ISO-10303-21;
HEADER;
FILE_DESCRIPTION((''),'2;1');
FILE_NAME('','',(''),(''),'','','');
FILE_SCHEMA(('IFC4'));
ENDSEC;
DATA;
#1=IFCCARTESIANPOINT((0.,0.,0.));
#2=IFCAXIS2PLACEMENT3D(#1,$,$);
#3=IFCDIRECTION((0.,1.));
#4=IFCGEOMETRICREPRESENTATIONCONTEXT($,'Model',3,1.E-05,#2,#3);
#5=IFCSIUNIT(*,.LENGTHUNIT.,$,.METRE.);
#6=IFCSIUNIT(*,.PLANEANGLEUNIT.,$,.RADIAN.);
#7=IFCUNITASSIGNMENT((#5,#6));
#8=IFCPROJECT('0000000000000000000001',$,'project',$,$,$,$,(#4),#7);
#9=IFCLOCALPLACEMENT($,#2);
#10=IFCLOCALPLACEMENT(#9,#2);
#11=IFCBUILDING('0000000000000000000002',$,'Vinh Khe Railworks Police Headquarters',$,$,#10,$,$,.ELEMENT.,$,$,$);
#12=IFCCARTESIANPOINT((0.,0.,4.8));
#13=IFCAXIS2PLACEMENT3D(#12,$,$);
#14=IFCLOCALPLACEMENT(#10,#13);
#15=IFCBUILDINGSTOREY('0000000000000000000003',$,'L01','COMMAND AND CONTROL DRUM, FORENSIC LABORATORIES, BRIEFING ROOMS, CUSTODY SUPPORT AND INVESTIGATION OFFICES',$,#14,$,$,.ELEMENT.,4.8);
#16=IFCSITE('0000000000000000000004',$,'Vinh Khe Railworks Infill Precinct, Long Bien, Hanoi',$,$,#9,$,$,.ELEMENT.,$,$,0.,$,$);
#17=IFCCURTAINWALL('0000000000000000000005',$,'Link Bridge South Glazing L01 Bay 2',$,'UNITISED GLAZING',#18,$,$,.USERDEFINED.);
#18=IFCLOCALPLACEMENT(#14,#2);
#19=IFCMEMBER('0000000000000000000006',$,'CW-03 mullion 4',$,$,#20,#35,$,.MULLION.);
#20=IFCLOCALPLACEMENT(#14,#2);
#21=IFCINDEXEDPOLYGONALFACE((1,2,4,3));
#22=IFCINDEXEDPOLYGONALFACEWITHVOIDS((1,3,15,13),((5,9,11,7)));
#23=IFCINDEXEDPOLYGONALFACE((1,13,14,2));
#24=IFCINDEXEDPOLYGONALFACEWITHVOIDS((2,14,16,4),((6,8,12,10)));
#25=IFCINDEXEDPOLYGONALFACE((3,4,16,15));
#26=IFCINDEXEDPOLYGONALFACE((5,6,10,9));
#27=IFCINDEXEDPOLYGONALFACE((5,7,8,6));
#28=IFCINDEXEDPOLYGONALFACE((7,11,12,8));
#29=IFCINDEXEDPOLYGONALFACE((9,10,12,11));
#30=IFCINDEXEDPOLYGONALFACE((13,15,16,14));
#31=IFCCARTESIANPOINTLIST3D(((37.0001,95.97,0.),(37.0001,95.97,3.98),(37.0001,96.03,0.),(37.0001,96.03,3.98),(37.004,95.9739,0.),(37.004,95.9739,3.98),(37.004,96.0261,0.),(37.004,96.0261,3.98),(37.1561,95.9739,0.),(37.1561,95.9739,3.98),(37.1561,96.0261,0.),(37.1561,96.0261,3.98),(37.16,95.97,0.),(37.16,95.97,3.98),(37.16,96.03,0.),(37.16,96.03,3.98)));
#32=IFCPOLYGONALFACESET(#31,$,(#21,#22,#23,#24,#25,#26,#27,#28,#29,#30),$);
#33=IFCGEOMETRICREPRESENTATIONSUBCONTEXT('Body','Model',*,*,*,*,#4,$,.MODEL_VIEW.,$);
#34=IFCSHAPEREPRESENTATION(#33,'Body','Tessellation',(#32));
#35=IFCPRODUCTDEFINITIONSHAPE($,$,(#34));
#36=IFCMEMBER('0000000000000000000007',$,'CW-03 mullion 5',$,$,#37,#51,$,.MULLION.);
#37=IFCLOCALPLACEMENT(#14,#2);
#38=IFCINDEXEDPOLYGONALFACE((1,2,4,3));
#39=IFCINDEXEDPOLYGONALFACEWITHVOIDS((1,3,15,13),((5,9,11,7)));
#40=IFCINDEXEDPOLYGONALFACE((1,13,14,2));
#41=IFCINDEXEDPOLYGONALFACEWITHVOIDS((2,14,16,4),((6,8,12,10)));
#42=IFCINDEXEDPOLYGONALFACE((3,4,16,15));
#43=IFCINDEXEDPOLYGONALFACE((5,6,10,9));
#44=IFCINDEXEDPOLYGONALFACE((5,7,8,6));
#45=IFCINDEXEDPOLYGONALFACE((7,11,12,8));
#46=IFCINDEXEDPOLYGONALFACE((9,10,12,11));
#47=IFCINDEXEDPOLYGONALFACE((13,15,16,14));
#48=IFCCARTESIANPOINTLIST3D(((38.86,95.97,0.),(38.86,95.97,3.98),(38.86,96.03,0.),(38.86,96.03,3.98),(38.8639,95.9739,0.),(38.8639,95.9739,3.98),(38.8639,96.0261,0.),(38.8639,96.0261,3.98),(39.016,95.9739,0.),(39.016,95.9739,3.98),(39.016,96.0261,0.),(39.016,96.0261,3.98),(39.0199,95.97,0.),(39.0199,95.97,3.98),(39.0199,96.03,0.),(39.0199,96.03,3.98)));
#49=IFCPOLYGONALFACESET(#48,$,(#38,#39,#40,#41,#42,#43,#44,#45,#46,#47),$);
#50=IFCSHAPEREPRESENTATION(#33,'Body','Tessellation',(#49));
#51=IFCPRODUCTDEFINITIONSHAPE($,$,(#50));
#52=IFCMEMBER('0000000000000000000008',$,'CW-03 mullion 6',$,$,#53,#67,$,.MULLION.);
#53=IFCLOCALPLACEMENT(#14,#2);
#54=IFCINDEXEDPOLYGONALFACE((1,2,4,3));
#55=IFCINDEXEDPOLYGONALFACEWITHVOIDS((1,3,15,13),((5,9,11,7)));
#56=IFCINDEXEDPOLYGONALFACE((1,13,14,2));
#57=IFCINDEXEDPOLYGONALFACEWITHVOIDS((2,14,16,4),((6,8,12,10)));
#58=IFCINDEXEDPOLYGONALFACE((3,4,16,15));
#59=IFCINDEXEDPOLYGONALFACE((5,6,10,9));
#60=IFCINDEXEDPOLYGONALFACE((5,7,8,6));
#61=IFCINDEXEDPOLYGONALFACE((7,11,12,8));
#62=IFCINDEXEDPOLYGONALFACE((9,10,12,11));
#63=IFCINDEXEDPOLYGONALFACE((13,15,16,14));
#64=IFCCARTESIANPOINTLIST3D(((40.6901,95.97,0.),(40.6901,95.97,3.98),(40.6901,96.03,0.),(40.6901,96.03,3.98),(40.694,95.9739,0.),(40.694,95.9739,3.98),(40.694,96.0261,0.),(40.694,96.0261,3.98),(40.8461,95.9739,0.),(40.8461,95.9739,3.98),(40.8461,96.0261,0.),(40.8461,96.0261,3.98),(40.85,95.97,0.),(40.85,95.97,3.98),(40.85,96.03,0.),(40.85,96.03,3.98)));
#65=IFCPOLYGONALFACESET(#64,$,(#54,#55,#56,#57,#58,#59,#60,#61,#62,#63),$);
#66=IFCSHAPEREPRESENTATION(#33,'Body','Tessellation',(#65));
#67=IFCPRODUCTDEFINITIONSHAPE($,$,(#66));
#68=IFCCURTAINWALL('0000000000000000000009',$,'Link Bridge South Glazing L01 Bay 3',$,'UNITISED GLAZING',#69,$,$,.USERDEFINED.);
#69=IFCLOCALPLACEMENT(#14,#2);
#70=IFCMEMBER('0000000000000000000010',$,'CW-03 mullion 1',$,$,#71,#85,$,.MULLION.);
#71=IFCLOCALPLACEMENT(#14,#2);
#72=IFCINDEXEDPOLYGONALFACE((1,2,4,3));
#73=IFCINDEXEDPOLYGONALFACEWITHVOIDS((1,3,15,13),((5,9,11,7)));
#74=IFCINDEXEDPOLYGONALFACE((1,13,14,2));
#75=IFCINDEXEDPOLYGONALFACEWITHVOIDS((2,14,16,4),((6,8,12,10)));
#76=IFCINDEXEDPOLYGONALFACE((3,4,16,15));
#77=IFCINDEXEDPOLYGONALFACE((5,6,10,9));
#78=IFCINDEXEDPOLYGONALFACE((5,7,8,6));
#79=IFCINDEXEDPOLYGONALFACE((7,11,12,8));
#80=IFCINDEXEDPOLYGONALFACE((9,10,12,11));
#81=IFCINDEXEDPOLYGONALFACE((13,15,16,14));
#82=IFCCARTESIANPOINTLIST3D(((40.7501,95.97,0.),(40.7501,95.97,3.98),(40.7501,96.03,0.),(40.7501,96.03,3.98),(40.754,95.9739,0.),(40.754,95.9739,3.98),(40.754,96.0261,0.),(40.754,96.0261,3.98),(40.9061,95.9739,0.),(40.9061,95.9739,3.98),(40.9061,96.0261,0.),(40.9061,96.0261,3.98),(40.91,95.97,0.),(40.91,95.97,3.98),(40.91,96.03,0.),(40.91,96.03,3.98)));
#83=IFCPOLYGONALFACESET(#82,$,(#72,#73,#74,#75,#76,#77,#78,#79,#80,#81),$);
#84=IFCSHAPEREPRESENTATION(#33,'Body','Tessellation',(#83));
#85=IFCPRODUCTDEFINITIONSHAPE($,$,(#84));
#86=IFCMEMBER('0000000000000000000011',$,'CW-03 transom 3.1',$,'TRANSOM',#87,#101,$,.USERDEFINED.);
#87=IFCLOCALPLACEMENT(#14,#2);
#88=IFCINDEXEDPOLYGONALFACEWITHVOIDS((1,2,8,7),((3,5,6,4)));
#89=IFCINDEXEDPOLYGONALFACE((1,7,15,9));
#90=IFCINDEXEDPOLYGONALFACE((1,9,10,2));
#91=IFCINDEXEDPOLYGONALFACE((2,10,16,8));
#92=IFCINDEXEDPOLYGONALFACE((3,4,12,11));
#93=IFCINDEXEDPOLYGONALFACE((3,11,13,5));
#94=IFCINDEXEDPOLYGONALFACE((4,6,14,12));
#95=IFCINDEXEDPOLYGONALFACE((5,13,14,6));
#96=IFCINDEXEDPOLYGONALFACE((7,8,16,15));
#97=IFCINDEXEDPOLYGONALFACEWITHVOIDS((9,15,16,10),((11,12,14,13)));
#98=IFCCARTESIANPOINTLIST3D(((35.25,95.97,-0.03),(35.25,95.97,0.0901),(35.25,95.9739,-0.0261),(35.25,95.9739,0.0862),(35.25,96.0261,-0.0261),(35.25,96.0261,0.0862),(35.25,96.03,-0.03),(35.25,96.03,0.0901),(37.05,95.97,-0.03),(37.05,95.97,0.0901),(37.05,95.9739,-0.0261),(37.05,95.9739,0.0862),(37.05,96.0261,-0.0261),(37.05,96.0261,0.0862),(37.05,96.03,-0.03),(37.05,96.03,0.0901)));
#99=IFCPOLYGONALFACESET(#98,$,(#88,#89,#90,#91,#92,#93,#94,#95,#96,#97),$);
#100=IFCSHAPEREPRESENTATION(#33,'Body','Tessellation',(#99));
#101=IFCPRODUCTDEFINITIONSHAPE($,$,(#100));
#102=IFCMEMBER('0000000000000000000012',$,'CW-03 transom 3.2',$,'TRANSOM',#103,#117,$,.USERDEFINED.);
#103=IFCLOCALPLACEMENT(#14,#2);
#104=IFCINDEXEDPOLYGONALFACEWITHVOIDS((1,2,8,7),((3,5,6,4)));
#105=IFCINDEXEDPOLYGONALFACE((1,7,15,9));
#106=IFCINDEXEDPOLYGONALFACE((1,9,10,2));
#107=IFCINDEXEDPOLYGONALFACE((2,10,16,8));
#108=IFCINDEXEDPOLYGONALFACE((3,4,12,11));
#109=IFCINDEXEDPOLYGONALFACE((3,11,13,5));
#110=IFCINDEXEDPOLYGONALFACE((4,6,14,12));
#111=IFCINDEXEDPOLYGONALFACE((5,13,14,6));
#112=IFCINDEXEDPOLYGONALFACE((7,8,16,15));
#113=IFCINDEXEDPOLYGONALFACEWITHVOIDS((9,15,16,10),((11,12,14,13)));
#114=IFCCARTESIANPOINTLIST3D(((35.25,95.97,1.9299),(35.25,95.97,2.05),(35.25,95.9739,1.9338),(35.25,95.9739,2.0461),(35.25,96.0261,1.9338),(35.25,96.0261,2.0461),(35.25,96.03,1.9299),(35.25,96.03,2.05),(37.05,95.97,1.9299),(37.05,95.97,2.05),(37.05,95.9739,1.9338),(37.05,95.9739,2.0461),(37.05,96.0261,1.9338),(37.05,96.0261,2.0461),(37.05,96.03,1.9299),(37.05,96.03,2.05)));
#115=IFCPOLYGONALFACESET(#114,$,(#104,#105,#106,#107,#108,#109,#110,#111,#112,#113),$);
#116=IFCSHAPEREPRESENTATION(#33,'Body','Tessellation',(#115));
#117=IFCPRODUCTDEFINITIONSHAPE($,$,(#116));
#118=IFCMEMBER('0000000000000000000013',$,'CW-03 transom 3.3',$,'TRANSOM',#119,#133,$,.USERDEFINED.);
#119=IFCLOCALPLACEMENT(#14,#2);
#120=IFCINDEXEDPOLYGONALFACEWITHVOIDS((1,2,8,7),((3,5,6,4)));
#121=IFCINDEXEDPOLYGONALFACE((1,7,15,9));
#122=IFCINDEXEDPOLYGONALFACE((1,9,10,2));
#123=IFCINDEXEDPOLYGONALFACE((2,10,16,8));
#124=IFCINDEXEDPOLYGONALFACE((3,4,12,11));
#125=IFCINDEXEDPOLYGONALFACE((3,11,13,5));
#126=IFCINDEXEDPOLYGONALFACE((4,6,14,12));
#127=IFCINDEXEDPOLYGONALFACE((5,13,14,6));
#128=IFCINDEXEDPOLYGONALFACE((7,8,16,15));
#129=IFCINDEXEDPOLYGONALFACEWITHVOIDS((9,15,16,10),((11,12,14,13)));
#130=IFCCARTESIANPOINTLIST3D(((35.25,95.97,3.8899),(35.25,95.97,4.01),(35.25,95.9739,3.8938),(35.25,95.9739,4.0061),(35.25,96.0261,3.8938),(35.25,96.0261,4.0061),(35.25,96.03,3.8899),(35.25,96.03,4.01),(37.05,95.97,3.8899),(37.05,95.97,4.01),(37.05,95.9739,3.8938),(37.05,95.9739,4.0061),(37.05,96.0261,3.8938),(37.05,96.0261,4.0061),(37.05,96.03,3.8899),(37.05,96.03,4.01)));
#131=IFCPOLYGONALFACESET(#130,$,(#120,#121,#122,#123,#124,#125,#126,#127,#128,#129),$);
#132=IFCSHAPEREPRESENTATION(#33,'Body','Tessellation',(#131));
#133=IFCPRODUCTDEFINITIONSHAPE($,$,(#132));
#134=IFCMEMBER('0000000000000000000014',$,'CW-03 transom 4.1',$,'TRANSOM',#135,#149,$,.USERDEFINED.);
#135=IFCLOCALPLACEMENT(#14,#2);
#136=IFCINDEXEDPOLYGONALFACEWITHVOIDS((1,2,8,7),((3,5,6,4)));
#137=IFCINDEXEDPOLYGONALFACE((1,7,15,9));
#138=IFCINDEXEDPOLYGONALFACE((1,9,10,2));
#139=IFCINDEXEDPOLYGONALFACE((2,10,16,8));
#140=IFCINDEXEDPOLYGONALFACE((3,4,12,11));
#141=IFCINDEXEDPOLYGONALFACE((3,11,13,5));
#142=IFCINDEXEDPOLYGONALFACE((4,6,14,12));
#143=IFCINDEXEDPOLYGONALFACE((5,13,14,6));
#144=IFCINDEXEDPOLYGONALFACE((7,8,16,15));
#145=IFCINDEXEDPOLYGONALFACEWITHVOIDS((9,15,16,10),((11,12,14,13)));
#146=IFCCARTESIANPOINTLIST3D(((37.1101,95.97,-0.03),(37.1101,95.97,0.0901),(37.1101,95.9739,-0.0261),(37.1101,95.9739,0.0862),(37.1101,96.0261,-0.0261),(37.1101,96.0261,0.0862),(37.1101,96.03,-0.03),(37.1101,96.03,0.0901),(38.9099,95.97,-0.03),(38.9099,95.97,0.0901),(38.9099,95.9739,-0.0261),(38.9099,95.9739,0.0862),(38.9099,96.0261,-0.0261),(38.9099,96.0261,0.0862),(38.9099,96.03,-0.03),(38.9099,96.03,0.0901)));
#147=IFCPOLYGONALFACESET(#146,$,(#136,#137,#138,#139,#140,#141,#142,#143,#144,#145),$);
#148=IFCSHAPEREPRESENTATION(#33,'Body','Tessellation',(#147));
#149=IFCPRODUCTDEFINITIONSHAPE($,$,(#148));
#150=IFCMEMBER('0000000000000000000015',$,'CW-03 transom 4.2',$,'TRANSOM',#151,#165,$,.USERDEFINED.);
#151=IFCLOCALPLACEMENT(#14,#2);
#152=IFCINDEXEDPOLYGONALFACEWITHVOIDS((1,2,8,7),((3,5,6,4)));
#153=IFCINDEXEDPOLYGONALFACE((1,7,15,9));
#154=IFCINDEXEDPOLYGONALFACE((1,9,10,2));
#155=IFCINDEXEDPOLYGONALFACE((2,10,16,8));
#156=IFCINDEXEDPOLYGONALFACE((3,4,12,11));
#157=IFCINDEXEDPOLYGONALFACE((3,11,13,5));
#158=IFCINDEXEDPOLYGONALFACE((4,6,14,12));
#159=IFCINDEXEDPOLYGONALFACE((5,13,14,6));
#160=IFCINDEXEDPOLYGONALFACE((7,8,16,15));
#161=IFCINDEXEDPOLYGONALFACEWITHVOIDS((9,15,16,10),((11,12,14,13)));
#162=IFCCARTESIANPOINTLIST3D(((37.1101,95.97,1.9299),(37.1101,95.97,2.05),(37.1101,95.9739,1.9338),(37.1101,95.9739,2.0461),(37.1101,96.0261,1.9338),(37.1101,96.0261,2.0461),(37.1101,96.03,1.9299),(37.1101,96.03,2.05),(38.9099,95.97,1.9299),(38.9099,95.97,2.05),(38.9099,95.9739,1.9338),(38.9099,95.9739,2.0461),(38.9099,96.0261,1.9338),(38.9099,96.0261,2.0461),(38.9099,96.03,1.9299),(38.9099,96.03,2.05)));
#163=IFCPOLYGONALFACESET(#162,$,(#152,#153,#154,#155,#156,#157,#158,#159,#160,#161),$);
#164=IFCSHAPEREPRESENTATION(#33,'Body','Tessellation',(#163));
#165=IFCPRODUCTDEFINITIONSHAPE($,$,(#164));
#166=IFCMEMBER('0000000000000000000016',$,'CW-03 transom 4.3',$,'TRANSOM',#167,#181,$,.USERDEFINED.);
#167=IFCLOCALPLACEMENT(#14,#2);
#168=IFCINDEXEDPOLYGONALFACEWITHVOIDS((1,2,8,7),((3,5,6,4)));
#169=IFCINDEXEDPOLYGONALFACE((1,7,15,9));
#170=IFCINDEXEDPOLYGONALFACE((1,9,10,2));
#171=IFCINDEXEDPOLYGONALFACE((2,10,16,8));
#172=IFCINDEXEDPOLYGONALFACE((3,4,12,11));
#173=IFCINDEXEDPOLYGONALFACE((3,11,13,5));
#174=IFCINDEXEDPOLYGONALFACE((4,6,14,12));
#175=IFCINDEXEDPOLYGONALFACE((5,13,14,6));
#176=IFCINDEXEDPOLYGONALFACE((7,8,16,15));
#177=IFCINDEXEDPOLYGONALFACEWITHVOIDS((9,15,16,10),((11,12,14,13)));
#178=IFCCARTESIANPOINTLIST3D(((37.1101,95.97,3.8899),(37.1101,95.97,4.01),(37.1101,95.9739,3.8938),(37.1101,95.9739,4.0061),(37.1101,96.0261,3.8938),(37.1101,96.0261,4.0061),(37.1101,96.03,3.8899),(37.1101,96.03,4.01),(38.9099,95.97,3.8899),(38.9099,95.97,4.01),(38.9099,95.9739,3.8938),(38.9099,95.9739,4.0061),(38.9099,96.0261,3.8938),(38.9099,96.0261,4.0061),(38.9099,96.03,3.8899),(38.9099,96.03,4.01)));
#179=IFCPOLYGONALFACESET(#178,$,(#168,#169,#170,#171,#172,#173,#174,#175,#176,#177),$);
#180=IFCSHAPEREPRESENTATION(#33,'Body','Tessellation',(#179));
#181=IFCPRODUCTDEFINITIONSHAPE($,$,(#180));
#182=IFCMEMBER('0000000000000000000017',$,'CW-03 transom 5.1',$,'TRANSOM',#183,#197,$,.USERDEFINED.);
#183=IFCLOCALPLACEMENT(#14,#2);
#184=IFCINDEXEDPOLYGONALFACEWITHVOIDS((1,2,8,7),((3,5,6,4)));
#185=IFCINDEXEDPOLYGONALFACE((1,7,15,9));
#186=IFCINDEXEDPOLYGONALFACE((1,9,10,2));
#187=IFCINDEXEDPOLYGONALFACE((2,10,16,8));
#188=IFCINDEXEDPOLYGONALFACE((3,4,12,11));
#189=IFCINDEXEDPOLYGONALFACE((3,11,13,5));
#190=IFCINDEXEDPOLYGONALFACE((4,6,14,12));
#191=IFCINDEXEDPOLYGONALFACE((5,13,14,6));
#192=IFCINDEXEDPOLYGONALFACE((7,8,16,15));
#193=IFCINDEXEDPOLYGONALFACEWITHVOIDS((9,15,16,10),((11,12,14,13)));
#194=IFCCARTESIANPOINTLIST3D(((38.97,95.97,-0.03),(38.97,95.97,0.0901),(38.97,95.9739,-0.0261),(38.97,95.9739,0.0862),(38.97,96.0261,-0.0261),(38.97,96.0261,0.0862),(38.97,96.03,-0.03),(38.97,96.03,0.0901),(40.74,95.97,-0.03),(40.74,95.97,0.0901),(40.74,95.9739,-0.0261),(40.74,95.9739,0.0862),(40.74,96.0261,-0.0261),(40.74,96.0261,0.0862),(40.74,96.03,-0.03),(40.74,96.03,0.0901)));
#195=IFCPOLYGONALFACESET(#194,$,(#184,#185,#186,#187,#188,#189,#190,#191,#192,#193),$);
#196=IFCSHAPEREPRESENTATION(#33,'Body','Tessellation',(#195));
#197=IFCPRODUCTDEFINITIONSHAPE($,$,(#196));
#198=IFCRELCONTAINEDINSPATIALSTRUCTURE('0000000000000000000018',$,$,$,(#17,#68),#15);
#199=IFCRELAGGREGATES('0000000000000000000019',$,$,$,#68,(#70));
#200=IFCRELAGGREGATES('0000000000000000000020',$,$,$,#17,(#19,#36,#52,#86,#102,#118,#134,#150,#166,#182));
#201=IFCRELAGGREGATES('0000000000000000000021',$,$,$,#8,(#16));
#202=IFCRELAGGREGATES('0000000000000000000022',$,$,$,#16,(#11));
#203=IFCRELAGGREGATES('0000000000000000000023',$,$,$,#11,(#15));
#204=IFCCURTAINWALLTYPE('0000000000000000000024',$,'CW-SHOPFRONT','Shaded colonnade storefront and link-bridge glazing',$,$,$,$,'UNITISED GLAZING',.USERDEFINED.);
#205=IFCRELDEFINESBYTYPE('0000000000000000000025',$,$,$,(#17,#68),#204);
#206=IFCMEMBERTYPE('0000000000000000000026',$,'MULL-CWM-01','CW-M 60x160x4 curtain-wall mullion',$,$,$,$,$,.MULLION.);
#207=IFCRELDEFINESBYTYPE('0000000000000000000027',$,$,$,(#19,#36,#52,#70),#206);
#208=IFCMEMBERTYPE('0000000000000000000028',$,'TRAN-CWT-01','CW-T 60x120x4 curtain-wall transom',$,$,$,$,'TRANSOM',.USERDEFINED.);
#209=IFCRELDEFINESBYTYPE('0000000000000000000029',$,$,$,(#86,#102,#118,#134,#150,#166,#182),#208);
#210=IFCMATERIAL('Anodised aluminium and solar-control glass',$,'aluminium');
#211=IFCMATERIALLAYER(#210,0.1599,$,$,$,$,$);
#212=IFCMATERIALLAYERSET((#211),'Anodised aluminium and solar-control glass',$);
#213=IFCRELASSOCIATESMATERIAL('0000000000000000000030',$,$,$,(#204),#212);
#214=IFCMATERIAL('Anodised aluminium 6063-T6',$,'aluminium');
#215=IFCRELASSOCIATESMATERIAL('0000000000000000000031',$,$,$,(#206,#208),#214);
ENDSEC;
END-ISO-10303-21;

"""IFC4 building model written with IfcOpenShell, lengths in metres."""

from ifc_helpers import new_model, si_unit, direction, frame, origin, origin_2d, place, context, subcontext, project, spatial, hollow_rectangle, extrude, material, layer, layer_set, material_profile, profile_set, type_object, element, aggregate, save


model = new_model("IFC4")

# Units and contexts
model_context = context("Model", 3, precision=1e-05, world=origin(), true_north=direction((0.0, 1.0)))
body_context = subcontext(model_context, "Body", "Model", "MODEL_VIEW")
ifc_project = project(units=[si_unit("LENGTHUNIT", "METRE"), si_unit("PLANEANGLEUNIT", "RADIAN")], contexts=[model_context])

# Site, building, storey
site_placement = place(None, origin())
site = spatial("IfcSite", under=ifc_project, at=site_placement, Name="Vinh Khe Railworks Infill Precinct, Long Bien, Hanoi", CompositionType="ELEMENT", RefElevation=0.0)
building_placement = place(site_placement, origin())
building = spatial("IfcBuilding", under=site, at=building_placement, Name="Vinh Khe Railworks Police Headquarters", CompositionType="ELEMENT")
storey_placement = place(building_placement, frame((0.0, 0.0, 4.8)))
storey = spatial("IfcBuildingStorey", under=building, at=storey_placement, Name="L01", Description="COMMAND AND CONTROL DRUM, FORENSIC LABORATORIES, BRIEFING ROOMS, CUSTODY SUPPORT AND INVESTIGATION OFFICES", CompositionType="ELEMENT", Elevation=4.8)

# Curtain wall, members
ifc_material_1 = material(Name="Anodised aluminium and solar-control glass", Category="aluminium")
ifc_layer_1 = layer(ifc_material_1, 0.1599)
ifc_layer_set_1 = layer_set([ifc_layer_1], Name="Anodised aluminium and solar-control glass")
curtain_wall_type = type_object("IfcCurtainWallType", Name="CW-SHOPFRONT", Description="Shaded colonnade storefront and link-bridge glazing", ElementType="UNITISED GLAZING", PredefinedType="USERDEFINED", material=ifc_layer_set_1)
curtain_wall_1_placement = place(storey_placement, origin())
curtain_wall_1 = element("IfcCurtainWall", 1, at=curtain_wall_1_placement, inside=storey, type_object=curtain_wall_type, Name="Link Bridge South Glazing L01 Bay 2", ObjectType="UNITISED GLAZING", PredefinedType="USERDEFINED")
ifc_material_2 = material(Name="Anodised aluminium 6063-T6", Category="aluminium")
ifc_material_profile_1 = material_profile(ifc_material_2, hollow_rectangle(XDim=0.0601, YDim=0.1599, WallThickness=0.0039, at=origin_2d()), Name="CW-M 60x160x4")
ifc_profile_set_1 = profile_set([ifc_material_profile_1], Name="Anodised aluminium 6063-T6")
member_type_1 = type_object("IfcMemberType", Name="MULL-CWM-01", Description="CW-M 60x160x4 curtain-wall mullion", PredefinedType="MULLION", material=ifc_profile_set_1)
member_1_placement = place(storey_placement, frame((37.0801, 96.0, 0.0), z_axis=(0.0, 0.0, 1.0), x_axis=(0.0, 1.0, 0.0)))
member_1 = element("IfcMember", 2, at=member_1_placement, type_object=member_type_1, Name="CW-03 mullion 4", PredefinedType="MULLION", context=body_context, shape_type="SweptSolid", body=[
    extrude(hollow_rectangle(XDim=0.0601, YDim=0.1599, WallThickness=0.0039, at=origin_2d()), origin(), (0.0, 0.0, 1.0), 3.98),
])
member_2_placement = place(storey_placement, frame((38.9399, 96.0, 0.0), z_axis=(0.0, 0.0, 1.0), x_axis=(0.0, 1.0, 0.0)))
member_2 = element("IfcMember", 3, at=member_2_placement, type_object=member_type_1, Name="CW-03 mullion 5", PredefinedType="MULLION", context=body_context, shape_type="SweptSolid", body=[
    extrude(hollow_rectangle(XDim=0.0601, YDim=0.1599, WallThickness=0.0039, at=origin_2d()), origin(), (0.0, 0.0, 1.0), 3.98),
])
member_3_placement = place(storey_placement, frame((40.77, 96.0, 0.0), z_axis=(0.0, 0.0, 1.0), x_axis=(0.0, 1.0, 0.0)))
member_3 = element("IfcMember", 4, at=member_3_placement, type_object=member_type_1, Name="CW-03 mullion 6", PredefinedType="MULLION", context=body_context, shape_type="SweptSolid", body=[
    extrude(hollow_rectangle(XDim=0.0601, YDim=0.1599, WallThickness=0.0039, at=origin_2d()), origin(), (0.0, 0.0, 1.0), 3.98),
])

# Curtain wall, member
curtain_wall_2_placement = place(storey_placement, origin())
curtain_wall_2 = element("IfcCurtainWall", 5, at=curtain_wall_2_placement, inside=storey, type_object=curtain_wall_type, Name="Link Bridge South Glazing L01 Bay 3", ObjectType="UNITISED GLAZING", PredefinedType="USERDEFINED")
member_4_placement = place(storey_placement, frame((40.8301, 96.0, 0.0), z_axis=(0.0, 0.0, 1.0), x_axis=(0.0, 1.0, 0.0)))
member_4 = element("IfcMember", 6, at=member_4_placement, type_object=member_type_1, Name="CW-03 mullion 1", PredefinedType="MULLION", context=body_context, shape_type="SweptSolid", body=[
    extrude(hollow_rectangle(XDim=0.0601, YDim=0.1599, WallThickness=0.0039, at=origin_2d()), origin(), (0.0, 0.0, 1.0), 3.98),
])

# Members
ifc_material_profile_2 = material_profile(ifc_material_2, hollow_rectangle(XDim=0.0601, YDim=0.1201, WallThickness=0.0039, at=origin_2d()), Name="CW-T 60x120x4")
ifc_profile_set_2 = profile_set([ifc_material_profile_2], Name="Anodised aluminium 6063-T6")
member_type_2 = type_object("IfcMemberType", Name="TRAN-CWT-01", Description="CW-T 60x120x4 curtain-wall transom", ElementType="TRANSOM", PredefinedType="USERDEFINED", material=ifc_profile_set_2)
member_5_placement = place(storey_placement, frame((35.25, 96.0, 0.03), z_axis=(1.0, 0.0, 0.0), x_axis=(0.0, 1.0, 0.0)))
member_5 = element("IfcMember", 7, at=member_5_placement, type_object=member_type_2, Name="CW-03 transom 3.1", ObjectType="TRANSOM", PredefinedType="USERDEFINED", context=body_context, shape_type="SweptSolid", body=[
    extrude(hollow_rectangle(XDim=0.0601, YDim=0.1201, WallThickness=0.0039, at=origin_2d()), origin(), (0.0, 0.0, 1.0), 1.8),
])
member_6_placement = place(storey_placement, frame((35.25, 96.0, 1.99), z_axis=(1.0, 0.0, 0.0), x_axis=(0.0, 1.0, 0.0)))
member_6 = element("IfcMember", 8, at=member_6_placement, type_object=member_type_2, Name="CW-03 transom 3.2", ObjectType="TRANSOM", PredefinedType="USERDEFINED", context=body_context, shape_type="SweptSolid", body=[
    extrude(hollow_rectangle(XDim=0.0601, YDim=0.1201, WallThickness=0.0039, at=origin_2d()), origin(), (0.0, 0.0, 1.0), 1.8),
])
member_7_placement = place(storey_placement, frame((35.25, 96.0, 3.95), z_axis=(1.0, 0.0, 0.0), x_axis=(0.0, 1.0, 0.0)))
member_7 = element("IfcMember", 9, at=member_7_placement, type_object=member_type_2, Name="CW-03 transom 3.3", ObjectType="TRANSOM", PredefinedType="USERDEFINED", context=body_context, shape_type="SweptSolid", body=[
    extrude(hollow_rectangle(XDim=0.0601, YDim=0.1201, WallThickness=0.0039, at=origin_2d()), origin(), (0.0, 0.0, 1.0), 1.8),
])
member_8_placement = place(storey_placement, frame((37.1101, 96.0, 0.03), z_axis=(1.0, 0.0, 0.0), x_axis=(0.0, 1.0, 0.0)))
member_8 = element("IfcMember", 10, at=member_8_placement, type_object=member_type_2, Name="CW-03 transom 4.1", ObjectType="TRANSOM", PredefinedType="USERDEFINED", context=body_context, shape_type="SweptSolid", body=[
    extrude(hollow_rectangle(XDim=0.0601, YDim=0.1201, WallThickness=0.0039, at=origin_2d()), origin(), (0.0, 0.0, 1.0), 1.7998),
])
member_9_placement = place(storey_placement, frame((37.1101, 96.0, 1.99), z_axis=(1.0, 0.0, 0.0), x_axis=(0.0, 1.0, 0.0)))
member_9 = element("IfcMember", 11, at=member_9_placement, type_object=member_type_2, Name="CW-03 transom 4.2", ObjectType="TRANSOM", PredefinedType="USERDEFINED", context=body_context, shape_type="SweptSolid", body=[
    extrude(hollow_rectangle(XDim=0.0601, YDim=0.1201, WallThickness=0.0039, at=origin_2d()), origin(), (0.0, 0.0, 1.0), 1.7998),
])
member_10_placement = place(storey_placement, frame((37.1101, 96.0, 3.95), z_axis=(1.0, 0.0, 0.0), x_axis=(0.0, 1.0, 0.0)))
member_10 = element("IfcMember", 12, at=member_10_placement, type_object=member_type_2, Name="CW-03 transom 4.3", ObjectType="TRANSOM", PredefinedType="USERDEFINED", context=body_context, shape_type="SweptSolid", body=[
    extrude(hollow_rectangle(XDim=0.0601, YDim=0.1201, WallThickness=0.0039, at=origin_2d()), origin(), (0.0, 0.0, 1.0), 1.7998),
])
member_11_placement = place(storey_placement, frame((38.97, 96.0, 0.03), z_axis=(1.0, 0.0, 0.0), x_axis=(0.0, 1.0, 0.0)))
member_11 = element("IfcMember", 13, at=member_11_placement, type_object=member_type_2, Name="CW-03 transom 5.1", ObjectType="TRANSOM", PredefinedType="USERDEFINED", context=body_context, shape_type="SweptSolid", body=[
    extrude(hollow_rectangle(XDim=0.0601, YDim=0.1201, WallThickness=0.0039, at=origin_2d()), origin(), (0.0, 0.0, 1.0), 1.77),
])
aggregate(curtain_wall_2, [member_4])

aggregate(curtain_wall_1, [member_1, member_2, member_3, member_5, member_6, member_7, member_8, member_9, member_10, member_11])

save(model, "model.ifc")
